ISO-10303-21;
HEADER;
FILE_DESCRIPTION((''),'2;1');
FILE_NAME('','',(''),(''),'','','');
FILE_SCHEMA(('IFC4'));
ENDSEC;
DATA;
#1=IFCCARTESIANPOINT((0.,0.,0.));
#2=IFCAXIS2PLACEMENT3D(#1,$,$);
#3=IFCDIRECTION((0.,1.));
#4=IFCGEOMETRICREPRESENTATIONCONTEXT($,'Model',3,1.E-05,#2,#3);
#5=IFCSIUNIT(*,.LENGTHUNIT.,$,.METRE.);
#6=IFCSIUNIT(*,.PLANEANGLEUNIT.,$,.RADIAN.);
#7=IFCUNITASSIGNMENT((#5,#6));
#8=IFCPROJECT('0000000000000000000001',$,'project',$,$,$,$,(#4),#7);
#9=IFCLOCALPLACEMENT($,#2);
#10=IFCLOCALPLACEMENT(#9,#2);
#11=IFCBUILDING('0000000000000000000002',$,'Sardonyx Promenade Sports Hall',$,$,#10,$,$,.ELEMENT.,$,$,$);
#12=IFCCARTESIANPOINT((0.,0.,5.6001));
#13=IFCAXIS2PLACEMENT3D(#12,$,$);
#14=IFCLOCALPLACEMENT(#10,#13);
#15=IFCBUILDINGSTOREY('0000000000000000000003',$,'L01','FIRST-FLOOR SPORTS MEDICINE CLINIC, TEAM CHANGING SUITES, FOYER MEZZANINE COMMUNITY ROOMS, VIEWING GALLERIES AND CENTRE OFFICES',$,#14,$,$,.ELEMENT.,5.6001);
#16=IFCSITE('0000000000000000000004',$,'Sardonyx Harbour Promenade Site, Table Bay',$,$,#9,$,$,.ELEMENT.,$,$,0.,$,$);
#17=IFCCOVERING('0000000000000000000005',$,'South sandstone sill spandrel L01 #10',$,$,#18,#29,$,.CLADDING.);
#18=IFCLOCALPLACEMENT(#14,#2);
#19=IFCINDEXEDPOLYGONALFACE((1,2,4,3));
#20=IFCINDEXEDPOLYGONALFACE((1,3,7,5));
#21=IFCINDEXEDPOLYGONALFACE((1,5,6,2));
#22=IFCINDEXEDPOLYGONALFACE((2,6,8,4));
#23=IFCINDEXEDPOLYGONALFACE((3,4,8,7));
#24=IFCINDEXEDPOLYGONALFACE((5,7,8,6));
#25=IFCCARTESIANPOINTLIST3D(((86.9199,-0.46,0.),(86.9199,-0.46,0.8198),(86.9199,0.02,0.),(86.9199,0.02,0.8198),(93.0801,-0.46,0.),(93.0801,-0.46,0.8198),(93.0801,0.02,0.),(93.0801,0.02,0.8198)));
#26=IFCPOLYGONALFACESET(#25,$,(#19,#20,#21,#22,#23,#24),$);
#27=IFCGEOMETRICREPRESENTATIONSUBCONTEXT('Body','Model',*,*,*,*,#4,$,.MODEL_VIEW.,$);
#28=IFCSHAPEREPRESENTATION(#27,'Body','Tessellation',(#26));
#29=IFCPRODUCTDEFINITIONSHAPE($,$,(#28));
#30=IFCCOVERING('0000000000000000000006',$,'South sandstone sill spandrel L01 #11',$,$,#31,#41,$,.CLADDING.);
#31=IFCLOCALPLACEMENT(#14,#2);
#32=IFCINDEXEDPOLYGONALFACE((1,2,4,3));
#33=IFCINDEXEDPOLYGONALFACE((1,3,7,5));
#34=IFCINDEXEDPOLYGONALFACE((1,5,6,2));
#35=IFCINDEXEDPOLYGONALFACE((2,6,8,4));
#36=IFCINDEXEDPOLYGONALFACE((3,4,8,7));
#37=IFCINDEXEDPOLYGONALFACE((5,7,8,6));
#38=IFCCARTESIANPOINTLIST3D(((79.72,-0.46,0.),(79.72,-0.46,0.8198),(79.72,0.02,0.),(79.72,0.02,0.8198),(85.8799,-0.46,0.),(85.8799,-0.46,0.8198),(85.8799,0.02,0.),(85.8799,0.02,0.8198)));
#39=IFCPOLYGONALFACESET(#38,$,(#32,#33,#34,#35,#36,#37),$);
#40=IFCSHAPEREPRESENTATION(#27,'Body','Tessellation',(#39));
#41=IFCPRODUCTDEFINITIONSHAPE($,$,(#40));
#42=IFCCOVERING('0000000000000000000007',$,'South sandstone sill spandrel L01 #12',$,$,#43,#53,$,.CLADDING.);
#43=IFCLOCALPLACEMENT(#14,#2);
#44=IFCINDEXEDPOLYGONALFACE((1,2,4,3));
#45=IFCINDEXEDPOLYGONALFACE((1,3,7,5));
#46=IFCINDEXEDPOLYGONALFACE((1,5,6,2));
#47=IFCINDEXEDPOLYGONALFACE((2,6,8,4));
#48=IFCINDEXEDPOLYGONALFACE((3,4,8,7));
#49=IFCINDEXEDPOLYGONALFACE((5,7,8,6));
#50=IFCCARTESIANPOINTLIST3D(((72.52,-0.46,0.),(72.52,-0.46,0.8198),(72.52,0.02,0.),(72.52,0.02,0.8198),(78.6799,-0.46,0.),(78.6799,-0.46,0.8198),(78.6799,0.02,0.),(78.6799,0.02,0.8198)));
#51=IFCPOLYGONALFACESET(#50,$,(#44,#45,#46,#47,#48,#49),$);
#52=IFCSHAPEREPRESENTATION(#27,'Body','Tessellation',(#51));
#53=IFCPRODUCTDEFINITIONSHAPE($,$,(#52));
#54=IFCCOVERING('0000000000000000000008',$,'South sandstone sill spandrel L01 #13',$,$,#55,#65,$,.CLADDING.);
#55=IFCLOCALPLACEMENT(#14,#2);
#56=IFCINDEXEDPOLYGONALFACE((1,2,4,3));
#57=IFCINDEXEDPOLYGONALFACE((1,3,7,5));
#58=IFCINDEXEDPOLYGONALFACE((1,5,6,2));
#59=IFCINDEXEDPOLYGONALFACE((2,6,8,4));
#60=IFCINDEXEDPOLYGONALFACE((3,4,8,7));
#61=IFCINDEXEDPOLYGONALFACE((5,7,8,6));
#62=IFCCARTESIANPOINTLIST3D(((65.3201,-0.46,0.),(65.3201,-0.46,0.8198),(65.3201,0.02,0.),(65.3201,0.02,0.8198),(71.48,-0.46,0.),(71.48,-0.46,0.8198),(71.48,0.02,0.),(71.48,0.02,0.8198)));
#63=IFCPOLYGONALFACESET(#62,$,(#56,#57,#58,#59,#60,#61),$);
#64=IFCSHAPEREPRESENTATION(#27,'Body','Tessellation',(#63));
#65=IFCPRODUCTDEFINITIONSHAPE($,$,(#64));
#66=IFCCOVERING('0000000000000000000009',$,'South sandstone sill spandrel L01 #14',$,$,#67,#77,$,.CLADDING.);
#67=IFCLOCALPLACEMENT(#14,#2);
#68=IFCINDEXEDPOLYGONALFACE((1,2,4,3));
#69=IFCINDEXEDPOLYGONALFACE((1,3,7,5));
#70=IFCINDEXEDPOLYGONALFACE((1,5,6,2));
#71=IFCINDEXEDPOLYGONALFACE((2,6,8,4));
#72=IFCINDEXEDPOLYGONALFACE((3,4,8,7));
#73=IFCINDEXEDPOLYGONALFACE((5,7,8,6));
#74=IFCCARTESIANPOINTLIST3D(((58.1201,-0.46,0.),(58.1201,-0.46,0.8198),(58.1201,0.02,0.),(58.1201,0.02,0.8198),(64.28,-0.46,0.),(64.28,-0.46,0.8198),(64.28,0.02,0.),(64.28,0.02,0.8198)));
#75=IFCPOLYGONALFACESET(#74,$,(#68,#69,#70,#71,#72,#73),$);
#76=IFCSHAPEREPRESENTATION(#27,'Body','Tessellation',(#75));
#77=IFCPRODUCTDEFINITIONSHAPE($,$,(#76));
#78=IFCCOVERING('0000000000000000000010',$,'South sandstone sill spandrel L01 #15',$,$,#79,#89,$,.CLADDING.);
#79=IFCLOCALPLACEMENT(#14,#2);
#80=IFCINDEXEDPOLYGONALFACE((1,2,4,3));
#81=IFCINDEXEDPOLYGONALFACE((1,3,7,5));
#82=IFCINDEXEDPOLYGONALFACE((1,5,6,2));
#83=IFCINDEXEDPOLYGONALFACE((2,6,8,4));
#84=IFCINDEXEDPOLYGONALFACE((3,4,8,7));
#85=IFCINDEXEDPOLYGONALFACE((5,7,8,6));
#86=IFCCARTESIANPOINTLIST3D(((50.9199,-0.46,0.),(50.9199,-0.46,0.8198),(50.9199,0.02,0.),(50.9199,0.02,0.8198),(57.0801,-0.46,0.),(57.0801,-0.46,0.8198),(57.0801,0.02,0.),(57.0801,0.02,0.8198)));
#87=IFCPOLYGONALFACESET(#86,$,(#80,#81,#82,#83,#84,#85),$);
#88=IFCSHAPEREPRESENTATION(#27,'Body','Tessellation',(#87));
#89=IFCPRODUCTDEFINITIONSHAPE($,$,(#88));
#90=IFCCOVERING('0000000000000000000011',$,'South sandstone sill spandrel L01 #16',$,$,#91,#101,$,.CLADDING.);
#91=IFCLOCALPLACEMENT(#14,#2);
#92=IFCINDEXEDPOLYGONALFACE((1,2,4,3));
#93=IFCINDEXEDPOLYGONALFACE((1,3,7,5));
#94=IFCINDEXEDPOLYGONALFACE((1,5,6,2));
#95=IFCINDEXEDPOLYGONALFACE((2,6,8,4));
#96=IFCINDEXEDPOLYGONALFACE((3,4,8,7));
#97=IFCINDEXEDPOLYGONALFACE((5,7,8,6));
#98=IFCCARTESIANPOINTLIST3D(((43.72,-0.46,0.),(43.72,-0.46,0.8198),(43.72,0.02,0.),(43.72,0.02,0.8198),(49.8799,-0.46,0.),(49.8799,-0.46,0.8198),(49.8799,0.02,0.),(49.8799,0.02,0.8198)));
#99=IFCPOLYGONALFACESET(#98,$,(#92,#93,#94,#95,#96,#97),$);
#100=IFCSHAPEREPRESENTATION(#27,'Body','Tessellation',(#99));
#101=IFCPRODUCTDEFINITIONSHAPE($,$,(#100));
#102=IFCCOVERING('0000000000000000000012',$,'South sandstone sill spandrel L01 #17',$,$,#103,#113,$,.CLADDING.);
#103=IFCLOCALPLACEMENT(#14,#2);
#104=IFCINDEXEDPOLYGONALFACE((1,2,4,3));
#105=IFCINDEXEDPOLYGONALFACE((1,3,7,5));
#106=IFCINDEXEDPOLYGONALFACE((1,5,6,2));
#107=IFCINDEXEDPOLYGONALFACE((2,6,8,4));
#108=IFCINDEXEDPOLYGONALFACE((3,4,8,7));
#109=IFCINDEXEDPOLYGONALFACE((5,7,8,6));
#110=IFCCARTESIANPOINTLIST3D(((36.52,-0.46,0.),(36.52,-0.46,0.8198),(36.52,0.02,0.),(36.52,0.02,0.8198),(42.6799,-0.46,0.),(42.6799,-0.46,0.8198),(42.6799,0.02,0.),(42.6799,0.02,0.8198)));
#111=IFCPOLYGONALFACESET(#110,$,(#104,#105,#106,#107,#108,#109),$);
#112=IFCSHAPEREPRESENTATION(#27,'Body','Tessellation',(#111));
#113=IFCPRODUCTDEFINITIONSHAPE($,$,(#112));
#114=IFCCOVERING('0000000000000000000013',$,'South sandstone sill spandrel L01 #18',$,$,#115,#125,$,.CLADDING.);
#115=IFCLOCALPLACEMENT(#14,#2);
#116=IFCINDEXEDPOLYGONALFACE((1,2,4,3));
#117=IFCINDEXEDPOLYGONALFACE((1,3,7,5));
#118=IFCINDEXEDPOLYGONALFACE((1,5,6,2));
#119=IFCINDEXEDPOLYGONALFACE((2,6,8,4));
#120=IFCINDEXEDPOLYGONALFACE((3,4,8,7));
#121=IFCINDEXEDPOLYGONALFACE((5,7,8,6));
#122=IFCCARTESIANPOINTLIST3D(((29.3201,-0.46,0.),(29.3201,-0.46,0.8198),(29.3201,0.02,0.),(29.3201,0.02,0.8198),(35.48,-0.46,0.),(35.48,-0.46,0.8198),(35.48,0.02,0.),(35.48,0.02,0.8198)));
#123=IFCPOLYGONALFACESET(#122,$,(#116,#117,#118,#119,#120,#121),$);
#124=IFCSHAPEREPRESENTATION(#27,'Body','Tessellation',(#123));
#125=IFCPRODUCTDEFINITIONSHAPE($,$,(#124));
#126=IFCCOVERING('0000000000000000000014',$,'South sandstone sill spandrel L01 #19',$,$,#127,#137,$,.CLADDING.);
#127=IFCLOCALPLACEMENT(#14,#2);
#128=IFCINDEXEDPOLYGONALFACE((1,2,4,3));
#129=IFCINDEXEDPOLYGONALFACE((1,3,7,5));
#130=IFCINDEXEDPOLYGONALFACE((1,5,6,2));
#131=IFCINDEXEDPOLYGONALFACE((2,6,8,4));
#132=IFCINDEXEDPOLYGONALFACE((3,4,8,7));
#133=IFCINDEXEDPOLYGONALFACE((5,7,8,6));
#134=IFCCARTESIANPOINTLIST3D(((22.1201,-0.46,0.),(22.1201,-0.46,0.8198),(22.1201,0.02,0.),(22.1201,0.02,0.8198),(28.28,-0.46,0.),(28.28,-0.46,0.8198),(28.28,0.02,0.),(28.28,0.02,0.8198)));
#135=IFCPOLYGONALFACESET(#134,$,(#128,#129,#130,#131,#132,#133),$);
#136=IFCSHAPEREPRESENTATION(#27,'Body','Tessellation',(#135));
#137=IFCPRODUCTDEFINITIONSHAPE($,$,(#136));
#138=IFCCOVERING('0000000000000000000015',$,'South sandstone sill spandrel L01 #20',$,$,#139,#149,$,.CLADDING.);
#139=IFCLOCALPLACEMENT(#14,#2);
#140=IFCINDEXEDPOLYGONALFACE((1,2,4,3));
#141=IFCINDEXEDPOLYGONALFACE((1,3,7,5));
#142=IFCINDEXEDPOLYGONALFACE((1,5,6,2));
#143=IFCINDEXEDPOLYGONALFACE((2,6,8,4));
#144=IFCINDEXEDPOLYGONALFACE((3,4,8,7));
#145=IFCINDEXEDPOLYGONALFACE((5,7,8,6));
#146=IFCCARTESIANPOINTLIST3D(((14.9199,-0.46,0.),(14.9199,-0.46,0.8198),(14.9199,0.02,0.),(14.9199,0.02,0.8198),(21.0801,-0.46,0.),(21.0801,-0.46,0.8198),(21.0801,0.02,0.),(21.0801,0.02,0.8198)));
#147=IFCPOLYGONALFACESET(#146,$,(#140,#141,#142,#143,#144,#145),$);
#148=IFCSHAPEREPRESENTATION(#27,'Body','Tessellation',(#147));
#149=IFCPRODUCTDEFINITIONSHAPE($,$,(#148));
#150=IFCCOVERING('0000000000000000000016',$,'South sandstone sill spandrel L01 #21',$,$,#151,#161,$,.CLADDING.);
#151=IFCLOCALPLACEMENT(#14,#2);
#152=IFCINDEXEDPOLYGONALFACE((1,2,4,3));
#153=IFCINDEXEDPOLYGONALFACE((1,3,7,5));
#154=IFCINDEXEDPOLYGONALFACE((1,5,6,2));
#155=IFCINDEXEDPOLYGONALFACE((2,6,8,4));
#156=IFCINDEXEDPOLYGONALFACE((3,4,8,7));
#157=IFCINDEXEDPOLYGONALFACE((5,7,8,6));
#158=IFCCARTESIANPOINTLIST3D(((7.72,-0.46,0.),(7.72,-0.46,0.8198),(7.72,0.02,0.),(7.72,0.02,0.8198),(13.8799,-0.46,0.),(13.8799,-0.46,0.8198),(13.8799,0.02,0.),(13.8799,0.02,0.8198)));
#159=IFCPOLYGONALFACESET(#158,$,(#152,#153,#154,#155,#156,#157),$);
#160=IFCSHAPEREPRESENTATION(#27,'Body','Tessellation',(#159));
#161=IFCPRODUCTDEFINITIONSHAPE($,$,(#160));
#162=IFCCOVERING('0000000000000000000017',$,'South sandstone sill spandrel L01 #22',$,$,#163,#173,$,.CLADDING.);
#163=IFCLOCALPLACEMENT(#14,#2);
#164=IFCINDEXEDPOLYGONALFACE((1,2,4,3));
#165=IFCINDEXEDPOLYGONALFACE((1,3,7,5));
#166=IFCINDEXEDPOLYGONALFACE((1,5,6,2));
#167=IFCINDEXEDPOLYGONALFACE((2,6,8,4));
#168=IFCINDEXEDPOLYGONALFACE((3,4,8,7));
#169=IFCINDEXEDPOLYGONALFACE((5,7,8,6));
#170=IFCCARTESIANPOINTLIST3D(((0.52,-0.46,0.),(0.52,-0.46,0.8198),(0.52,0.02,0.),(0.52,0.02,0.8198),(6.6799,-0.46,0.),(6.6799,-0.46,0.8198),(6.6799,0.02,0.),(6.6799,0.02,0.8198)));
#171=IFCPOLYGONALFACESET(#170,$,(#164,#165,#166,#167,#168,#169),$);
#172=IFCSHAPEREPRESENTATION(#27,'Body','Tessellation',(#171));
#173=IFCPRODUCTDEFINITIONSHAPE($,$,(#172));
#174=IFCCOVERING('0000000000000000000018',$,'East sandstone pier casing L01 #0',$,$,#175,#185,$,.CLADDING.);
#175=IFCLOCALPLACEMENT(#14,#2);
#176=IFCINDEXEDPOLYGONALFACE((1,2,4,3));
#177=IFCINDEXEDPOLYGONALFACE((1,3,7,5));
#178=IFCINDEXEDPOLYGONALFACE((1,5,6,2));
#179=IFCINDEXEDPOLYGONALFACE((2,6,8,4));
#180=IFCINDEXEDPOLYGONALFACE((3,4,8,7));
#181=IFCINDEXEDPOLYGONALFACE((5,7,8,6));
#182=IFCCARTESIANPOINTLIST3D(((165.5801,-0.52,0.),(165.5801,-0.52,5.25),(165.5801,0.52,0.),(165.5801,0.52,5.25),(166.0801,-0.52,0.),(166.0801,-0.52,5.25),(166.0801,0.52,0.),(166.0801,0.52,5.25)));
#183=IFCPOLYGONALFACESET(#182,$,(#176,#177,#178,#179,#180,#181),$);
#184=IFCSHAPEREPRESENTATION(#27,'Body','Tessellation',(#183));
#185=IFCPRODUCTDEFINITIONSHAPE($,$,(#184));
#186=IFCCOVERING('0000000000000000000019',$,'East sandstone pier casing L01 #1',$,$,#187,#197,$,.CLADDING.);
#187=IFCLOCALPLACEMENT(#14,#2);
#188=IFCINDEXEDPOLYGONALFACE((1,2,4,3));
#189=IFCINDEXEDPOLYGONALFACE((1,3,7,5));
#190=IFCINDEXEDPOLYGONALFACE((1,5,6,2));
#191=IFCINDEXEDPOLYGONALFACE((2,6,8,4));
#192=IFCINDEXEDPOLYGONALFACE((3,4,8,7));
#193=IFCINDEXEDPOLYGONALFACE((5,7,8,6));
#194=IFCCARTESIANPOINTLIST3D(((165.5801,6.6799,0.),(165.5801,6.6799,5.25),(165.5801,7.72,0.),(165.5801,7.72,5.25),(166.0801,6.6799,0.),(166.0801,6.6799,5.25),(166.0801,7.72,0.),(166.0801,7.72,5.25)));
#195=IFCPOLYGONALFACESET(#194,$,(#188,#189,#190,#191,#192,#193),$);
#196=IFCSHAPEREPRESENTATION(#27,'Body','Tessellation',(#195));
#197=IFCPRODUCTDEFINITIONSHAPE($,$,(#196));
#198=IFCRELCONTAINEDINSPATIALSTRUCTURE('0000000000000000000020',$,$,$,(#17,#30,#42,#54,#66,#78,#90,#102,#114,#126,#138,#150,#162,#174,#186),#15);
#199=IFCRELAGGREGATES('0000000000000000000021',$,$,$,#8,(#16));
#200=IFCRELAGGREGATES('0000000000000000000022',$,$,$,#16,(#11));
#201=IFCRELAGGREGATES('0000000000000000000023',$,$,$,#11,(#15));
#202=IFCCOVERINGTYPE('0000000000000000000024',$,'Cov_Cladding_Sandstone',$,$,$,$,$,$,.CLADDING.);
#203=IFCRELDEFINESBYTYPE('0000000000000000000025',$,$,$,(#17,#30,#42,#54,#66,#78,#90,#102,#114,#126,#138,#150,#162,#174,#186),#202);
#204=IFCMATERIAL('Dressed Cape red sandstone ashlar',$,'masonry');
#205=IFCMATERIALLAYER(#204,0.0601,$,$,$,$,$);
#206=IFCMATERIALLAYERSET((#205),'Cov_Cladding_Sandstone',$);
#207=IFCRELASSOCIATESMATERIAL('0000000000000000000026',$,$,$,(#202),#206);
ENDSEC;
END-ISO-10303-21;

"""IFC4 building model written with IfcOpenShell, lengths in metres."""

from ifc_helpers import new_model, si_unit, direction, frame, origin, place, context, subcontext, project, spatial, polyline, outline, extrude, material, layer, layer_set, type_object, element, save


model = new_model("IFC4")

# Units and contexts
model_context = context("Model", 3, precision=1e-05, world=origin(), true_north=direction((0.0, 1.0)))
body_context = subcontext(model_context, "Body", "Model", "MODEL_VIEW")
ifc_project = project(units=[si_unit("LENGTHUNIT", "METRE"), si_unit("PLANEANGLEUNIT", "RADIAN")], contexts=[model_context])

# Site, building, storey
site_placement = place(None, origin())
site = spatial("IfcSite", under=ifc_project, at=site_placement, Name="Sardonyx Harbour Promenade Site, Table Bay", CompositionType="ELEMENT", RefElevation=0.0)
building_placement = place(site_placement, origin())
building = spatial("IfcBuilding", under=site, at=building_placement, Name="Sardonyx Promenade Sports Hall", CompositionType="ELEMENT")
storey_placement = place(building_placement, frame((0.0, 0.0, 5.6001)))
storey = spatial("IfcBuildingStorey", under=building, at=storey_placement, Name="L01", Description="FIRST-FLOOR SPORTS MEDICINE CLINIC, TEAM CHANGING SUITES, FOYER MEZZANINE COMMUNITY ROOMS, VIEWING GALLERIES AND CENTRE OFFICES", CompositionType="ELEMENT", Elevation=5.6001)

# Coverings
ifc_material = material(Name="Dressed Cape red sandstone ashlar", Category="masonry")
ifc_layer = layer(ifc_material, 0.0601)
ifc_layer_set = layer_set([ifc_layer], Name="Cov_Cladding_Sandstone")
covering_type = type_object("IfcCoveringType", Name="Cov_Cladding_Sandstone", PredefinedType="CLADDING", material=ifc_layer_set)
covering_1_placement = place(storey_placement, origin())
element("IfcCovering", 1, at=covering_1_placement, inside=storey, type_object=covering_type, Name="South sandstone sill spandrel L01 #10", PredefinedType="CLADDING", context=body_context, shape_type="SweptSolid", body=[
    extrude(outline(polyline([(86.9199, -0.46), (93.0801, -0.46), (93.0801, 0.02), (86.9199, 0.02), (86.9199, -0.46)])), origin(), (0.0, 0.0, 1.0), 0.8198),
])
covering_2_placement = place(storey_placement, origin())
element("IfcCovering", 2, at=covering_2_placement, inside=storey, type_object=covering_type, Name="South sandstone sill spandrel L01 #11", PredefinedType="CLADDING", context=body_context, shape_type="SweptSolid", body=[
    extrude(outline(polyline([(79.72, -0.46), (85.8799, -0.46), (85.8799, 0.02), (79.72, 0.02), (79.72, -0.46)])), origin(), (0.0, 0.0, 1.0), 0.8198),
])
covering_3_placement = place(storey_placement, origin())
element("IfcCovering", 3, at=covering_3_placement, inside=storey, type_object=covering_type, Name="South sandstone sill spandrel L01 #12", PredefinedType="CLADDING", context=body_context, shape_type="SweptSolid", body=[
    extrude(outline(polyline([(72.52, -0.46), (78.6799, -0.46), (78.6799, 0.02), (72.52, 0.02), (72.52, -0.46)])), origin(), (0.0, 0.0, 1.0), 0.8198),
])
covering_4_placement = place(storey_placement, origin())
element("IfcCovering", 4, at=covering_4_placement, inside=storey, type_object=covering_type, Name="South sandstone sill spandrel L01 #13", PredefinedType="CLADDING", context=body_context, shape_type="SweptSolid", body=[
    extrude(outline(polyline([(65.3201, -0.46), (71.48, -0.46), (71.48, 0.02), (65.3201, 0.02), (65.3201, -0.46)])), origin(), (0.0, 0.0, 1.0), 0.8198),
])
covering_5_placement = place(storey_placement, origin())
element("IfcCovering", 5, at=covering_5_placement, inside=storey, type_object=covering_type, Name="South sandstone sill spandrel L01 #14", PredefinedType="CLADDING", context=body_context, shape_type="SweptSolid", body=[
    extrude(outline(polyline([(58.1201, -0.46), (64.28, -0.46), (64.28, 0.02), (58.1201, 0.02), (58.1201, -0.46)])), origin(), (0.0, 0.0, 1.0), 0.8198),
])
covering_6_placement = place(storey_placement, origin())
element("IfcCovering", 6, at=covering_6_placement, inside=storey, type_object=covering_type, Name="South sandstone sill spandrel L01 #15", PredefinedType="CLADDING", context=body_context, shape_type="SweptSolid", body=[
    extrude(outline(polyline([(50.9199, -0.46), (57.0801, -0.46), (57.0801, 0.02), (50.9199, 0.02), (50.9199, -0.46)])), origin(), (0.0, 0.0, 1.0), 0.8198),
])
covering_7_placement = place(storey_placement, origin())
element("IfcCovering", 7, at=covering_7_placement, inside=storey, type_object=covering_type, Name="South sandstone sill spandrel L01 #16", PredefinedType="CLADDING", context=body_context, shape_type="SweptSolid", body=[
    extrude(outline(polyline([(43.72, -0.46), (49.8799, -0.46), (49.8799, 0.02), (43.72, 0.02), (43.72, -0.46)])), origin(), (0.0, 0.0, 1.0), 0.8198),
])
covering_8_placement = place(storey_placement, origin())
element("IfcCovering", 8, at=covering_8_placement, inside=storey, type_object=covering_type, Name="South sandstone sill spandrel L01 #17", PredefinedType="CLADDING", context=body_context, shape_type="SweptSolid", body=[
    extrude(outline(polyline([(36.52, -0.46), (42.6799, -0.46), (42.6799, 0.02), (36.52, 0.02), (36.52, -0.46)])), origin(), (0.0, 0.0, 1.0), 0.8198),
])
covering_9_placement = place(storey_placement, origin())
element("IfcCovering", 9, at=covering_9_placement, inside=storey, type_object=covering_type, Name="South sandstone sill spandrel L01 #18", PredefinedType="CLADDING", context=body_context, shape_type="SweptSolid", body=[
    extrude(outline(polyline([(29.3201, -0.46), (35.48, -0.46), (35.48, 0.02), (29.3201, 0.02), (29.3201, -0.46)])), origin(), (0.0, 0.0, 1.0), 0.8198),
])
covering_10_placement = place(storey_placement, origin())
element("IfcCovering", 10, at=covering_10_placement, inside=storey, type_object=covering_type, Name="South sandstone sill spandrel L01 #19", PredefinedType="CLADDING", context=body_context, shape_type="SweptSolid", body=[
    extrude(outline(polyline([(22.1201, -0.46), (28.28, -0.46), (28.28, 0.02), (22.1201, 0.02), (22.1201, -0.46)])), origin(), (0.0, 0.0, 1.0), 0.8198),
])
covering_11_placement = place(storey_placement, origin())
element("IfcCovering", 11, at=covering_11_placement, inside=storey, type_object=covering_type, Name="South sandstone sill spandrel L01 #20", PredefinedType="CLADDING", context=body_context, shape_type="SweptSolid", body=[
    extrude(outline(polyline([(14.9199, -0.46), (21.0801, -0.46), (21.0801, 0.02), (14.9199, 0.02), (14.9199, -0.46)])), origin(), (0.0, 0.0, 1.0), 0.8198),
])
covering_12_placement = place(storey_placement, origin())
element("IfcCovering", 12, at=covering_12_placement, inside=storey, type_object=covering_type, Name="South sandstone sill spandrel L01 #21", PredefinedType="CLADDING", context=body_context, shape_type="SweptSolid", body=[
    extrude(outline(polyline([(7.72, -0.46), (13.8799, -0.46), (13.8799, 0.02), (7.72, 0.02), (7.72, -0.46)])), origin(), (0.0, 0.0, 1.0), 0.8198),
])
covering_13_placement = place(storey_placement, origin())
element("IfcCovering", 13, at=covering_13_placement, inside=storey, type_object=covering_type, Name="South sandstone sill spandrel L01 #22", PredefinedType="CLADDING", context=body_context, shape_type="SweptSolid", body=[
    extrude(outline(polyline([(0.52, -0.46), (6.6799, -0.46), (6.6799, 0.02), (0.52, 0.02), (0.52, -0.46)])), origin(), (0.0, 0.0, 1.0), 0.8198),
])
covering_14_placement = place(storey_placement, origin())
element("IfcCovering", 14, at=covering_14_placement, inside=storey, type_object=covering_type, Name="East sandstone pier casing L01 #0", PredefinedType="CLADDING", context=body_context, shape_type="SweptSolid", body=[
    extrude(outline(polyline([(165.5801, -0.52), (166.0801, -0.52), (166.0801, 0.52), (165.5801, 0.52), (165.5801, -0.52)])), origin(), (0.0, 0.0, 1.0), 5.25),
])
covering_15_placement = place(storey_placement, origin())
element("IfcCovering", 15, at=covering_15_placement, inside=storey, type_object=covering_type, Name="East sandstone pier casing L01 #1", PredefinedType="CLADDING", context=body_context, shape_type="SweptSolid", body=[
    extrude(outline(polyline([(165.5801, 6.6799), (166.0801, 6.6799), (166.0801, 7.72), (165.5801, 7.72), (165.5801, 6.6799)])), origin(), (0.0, 0.0, 1.0), 5.25),
])

save(model, "model.ifc")
